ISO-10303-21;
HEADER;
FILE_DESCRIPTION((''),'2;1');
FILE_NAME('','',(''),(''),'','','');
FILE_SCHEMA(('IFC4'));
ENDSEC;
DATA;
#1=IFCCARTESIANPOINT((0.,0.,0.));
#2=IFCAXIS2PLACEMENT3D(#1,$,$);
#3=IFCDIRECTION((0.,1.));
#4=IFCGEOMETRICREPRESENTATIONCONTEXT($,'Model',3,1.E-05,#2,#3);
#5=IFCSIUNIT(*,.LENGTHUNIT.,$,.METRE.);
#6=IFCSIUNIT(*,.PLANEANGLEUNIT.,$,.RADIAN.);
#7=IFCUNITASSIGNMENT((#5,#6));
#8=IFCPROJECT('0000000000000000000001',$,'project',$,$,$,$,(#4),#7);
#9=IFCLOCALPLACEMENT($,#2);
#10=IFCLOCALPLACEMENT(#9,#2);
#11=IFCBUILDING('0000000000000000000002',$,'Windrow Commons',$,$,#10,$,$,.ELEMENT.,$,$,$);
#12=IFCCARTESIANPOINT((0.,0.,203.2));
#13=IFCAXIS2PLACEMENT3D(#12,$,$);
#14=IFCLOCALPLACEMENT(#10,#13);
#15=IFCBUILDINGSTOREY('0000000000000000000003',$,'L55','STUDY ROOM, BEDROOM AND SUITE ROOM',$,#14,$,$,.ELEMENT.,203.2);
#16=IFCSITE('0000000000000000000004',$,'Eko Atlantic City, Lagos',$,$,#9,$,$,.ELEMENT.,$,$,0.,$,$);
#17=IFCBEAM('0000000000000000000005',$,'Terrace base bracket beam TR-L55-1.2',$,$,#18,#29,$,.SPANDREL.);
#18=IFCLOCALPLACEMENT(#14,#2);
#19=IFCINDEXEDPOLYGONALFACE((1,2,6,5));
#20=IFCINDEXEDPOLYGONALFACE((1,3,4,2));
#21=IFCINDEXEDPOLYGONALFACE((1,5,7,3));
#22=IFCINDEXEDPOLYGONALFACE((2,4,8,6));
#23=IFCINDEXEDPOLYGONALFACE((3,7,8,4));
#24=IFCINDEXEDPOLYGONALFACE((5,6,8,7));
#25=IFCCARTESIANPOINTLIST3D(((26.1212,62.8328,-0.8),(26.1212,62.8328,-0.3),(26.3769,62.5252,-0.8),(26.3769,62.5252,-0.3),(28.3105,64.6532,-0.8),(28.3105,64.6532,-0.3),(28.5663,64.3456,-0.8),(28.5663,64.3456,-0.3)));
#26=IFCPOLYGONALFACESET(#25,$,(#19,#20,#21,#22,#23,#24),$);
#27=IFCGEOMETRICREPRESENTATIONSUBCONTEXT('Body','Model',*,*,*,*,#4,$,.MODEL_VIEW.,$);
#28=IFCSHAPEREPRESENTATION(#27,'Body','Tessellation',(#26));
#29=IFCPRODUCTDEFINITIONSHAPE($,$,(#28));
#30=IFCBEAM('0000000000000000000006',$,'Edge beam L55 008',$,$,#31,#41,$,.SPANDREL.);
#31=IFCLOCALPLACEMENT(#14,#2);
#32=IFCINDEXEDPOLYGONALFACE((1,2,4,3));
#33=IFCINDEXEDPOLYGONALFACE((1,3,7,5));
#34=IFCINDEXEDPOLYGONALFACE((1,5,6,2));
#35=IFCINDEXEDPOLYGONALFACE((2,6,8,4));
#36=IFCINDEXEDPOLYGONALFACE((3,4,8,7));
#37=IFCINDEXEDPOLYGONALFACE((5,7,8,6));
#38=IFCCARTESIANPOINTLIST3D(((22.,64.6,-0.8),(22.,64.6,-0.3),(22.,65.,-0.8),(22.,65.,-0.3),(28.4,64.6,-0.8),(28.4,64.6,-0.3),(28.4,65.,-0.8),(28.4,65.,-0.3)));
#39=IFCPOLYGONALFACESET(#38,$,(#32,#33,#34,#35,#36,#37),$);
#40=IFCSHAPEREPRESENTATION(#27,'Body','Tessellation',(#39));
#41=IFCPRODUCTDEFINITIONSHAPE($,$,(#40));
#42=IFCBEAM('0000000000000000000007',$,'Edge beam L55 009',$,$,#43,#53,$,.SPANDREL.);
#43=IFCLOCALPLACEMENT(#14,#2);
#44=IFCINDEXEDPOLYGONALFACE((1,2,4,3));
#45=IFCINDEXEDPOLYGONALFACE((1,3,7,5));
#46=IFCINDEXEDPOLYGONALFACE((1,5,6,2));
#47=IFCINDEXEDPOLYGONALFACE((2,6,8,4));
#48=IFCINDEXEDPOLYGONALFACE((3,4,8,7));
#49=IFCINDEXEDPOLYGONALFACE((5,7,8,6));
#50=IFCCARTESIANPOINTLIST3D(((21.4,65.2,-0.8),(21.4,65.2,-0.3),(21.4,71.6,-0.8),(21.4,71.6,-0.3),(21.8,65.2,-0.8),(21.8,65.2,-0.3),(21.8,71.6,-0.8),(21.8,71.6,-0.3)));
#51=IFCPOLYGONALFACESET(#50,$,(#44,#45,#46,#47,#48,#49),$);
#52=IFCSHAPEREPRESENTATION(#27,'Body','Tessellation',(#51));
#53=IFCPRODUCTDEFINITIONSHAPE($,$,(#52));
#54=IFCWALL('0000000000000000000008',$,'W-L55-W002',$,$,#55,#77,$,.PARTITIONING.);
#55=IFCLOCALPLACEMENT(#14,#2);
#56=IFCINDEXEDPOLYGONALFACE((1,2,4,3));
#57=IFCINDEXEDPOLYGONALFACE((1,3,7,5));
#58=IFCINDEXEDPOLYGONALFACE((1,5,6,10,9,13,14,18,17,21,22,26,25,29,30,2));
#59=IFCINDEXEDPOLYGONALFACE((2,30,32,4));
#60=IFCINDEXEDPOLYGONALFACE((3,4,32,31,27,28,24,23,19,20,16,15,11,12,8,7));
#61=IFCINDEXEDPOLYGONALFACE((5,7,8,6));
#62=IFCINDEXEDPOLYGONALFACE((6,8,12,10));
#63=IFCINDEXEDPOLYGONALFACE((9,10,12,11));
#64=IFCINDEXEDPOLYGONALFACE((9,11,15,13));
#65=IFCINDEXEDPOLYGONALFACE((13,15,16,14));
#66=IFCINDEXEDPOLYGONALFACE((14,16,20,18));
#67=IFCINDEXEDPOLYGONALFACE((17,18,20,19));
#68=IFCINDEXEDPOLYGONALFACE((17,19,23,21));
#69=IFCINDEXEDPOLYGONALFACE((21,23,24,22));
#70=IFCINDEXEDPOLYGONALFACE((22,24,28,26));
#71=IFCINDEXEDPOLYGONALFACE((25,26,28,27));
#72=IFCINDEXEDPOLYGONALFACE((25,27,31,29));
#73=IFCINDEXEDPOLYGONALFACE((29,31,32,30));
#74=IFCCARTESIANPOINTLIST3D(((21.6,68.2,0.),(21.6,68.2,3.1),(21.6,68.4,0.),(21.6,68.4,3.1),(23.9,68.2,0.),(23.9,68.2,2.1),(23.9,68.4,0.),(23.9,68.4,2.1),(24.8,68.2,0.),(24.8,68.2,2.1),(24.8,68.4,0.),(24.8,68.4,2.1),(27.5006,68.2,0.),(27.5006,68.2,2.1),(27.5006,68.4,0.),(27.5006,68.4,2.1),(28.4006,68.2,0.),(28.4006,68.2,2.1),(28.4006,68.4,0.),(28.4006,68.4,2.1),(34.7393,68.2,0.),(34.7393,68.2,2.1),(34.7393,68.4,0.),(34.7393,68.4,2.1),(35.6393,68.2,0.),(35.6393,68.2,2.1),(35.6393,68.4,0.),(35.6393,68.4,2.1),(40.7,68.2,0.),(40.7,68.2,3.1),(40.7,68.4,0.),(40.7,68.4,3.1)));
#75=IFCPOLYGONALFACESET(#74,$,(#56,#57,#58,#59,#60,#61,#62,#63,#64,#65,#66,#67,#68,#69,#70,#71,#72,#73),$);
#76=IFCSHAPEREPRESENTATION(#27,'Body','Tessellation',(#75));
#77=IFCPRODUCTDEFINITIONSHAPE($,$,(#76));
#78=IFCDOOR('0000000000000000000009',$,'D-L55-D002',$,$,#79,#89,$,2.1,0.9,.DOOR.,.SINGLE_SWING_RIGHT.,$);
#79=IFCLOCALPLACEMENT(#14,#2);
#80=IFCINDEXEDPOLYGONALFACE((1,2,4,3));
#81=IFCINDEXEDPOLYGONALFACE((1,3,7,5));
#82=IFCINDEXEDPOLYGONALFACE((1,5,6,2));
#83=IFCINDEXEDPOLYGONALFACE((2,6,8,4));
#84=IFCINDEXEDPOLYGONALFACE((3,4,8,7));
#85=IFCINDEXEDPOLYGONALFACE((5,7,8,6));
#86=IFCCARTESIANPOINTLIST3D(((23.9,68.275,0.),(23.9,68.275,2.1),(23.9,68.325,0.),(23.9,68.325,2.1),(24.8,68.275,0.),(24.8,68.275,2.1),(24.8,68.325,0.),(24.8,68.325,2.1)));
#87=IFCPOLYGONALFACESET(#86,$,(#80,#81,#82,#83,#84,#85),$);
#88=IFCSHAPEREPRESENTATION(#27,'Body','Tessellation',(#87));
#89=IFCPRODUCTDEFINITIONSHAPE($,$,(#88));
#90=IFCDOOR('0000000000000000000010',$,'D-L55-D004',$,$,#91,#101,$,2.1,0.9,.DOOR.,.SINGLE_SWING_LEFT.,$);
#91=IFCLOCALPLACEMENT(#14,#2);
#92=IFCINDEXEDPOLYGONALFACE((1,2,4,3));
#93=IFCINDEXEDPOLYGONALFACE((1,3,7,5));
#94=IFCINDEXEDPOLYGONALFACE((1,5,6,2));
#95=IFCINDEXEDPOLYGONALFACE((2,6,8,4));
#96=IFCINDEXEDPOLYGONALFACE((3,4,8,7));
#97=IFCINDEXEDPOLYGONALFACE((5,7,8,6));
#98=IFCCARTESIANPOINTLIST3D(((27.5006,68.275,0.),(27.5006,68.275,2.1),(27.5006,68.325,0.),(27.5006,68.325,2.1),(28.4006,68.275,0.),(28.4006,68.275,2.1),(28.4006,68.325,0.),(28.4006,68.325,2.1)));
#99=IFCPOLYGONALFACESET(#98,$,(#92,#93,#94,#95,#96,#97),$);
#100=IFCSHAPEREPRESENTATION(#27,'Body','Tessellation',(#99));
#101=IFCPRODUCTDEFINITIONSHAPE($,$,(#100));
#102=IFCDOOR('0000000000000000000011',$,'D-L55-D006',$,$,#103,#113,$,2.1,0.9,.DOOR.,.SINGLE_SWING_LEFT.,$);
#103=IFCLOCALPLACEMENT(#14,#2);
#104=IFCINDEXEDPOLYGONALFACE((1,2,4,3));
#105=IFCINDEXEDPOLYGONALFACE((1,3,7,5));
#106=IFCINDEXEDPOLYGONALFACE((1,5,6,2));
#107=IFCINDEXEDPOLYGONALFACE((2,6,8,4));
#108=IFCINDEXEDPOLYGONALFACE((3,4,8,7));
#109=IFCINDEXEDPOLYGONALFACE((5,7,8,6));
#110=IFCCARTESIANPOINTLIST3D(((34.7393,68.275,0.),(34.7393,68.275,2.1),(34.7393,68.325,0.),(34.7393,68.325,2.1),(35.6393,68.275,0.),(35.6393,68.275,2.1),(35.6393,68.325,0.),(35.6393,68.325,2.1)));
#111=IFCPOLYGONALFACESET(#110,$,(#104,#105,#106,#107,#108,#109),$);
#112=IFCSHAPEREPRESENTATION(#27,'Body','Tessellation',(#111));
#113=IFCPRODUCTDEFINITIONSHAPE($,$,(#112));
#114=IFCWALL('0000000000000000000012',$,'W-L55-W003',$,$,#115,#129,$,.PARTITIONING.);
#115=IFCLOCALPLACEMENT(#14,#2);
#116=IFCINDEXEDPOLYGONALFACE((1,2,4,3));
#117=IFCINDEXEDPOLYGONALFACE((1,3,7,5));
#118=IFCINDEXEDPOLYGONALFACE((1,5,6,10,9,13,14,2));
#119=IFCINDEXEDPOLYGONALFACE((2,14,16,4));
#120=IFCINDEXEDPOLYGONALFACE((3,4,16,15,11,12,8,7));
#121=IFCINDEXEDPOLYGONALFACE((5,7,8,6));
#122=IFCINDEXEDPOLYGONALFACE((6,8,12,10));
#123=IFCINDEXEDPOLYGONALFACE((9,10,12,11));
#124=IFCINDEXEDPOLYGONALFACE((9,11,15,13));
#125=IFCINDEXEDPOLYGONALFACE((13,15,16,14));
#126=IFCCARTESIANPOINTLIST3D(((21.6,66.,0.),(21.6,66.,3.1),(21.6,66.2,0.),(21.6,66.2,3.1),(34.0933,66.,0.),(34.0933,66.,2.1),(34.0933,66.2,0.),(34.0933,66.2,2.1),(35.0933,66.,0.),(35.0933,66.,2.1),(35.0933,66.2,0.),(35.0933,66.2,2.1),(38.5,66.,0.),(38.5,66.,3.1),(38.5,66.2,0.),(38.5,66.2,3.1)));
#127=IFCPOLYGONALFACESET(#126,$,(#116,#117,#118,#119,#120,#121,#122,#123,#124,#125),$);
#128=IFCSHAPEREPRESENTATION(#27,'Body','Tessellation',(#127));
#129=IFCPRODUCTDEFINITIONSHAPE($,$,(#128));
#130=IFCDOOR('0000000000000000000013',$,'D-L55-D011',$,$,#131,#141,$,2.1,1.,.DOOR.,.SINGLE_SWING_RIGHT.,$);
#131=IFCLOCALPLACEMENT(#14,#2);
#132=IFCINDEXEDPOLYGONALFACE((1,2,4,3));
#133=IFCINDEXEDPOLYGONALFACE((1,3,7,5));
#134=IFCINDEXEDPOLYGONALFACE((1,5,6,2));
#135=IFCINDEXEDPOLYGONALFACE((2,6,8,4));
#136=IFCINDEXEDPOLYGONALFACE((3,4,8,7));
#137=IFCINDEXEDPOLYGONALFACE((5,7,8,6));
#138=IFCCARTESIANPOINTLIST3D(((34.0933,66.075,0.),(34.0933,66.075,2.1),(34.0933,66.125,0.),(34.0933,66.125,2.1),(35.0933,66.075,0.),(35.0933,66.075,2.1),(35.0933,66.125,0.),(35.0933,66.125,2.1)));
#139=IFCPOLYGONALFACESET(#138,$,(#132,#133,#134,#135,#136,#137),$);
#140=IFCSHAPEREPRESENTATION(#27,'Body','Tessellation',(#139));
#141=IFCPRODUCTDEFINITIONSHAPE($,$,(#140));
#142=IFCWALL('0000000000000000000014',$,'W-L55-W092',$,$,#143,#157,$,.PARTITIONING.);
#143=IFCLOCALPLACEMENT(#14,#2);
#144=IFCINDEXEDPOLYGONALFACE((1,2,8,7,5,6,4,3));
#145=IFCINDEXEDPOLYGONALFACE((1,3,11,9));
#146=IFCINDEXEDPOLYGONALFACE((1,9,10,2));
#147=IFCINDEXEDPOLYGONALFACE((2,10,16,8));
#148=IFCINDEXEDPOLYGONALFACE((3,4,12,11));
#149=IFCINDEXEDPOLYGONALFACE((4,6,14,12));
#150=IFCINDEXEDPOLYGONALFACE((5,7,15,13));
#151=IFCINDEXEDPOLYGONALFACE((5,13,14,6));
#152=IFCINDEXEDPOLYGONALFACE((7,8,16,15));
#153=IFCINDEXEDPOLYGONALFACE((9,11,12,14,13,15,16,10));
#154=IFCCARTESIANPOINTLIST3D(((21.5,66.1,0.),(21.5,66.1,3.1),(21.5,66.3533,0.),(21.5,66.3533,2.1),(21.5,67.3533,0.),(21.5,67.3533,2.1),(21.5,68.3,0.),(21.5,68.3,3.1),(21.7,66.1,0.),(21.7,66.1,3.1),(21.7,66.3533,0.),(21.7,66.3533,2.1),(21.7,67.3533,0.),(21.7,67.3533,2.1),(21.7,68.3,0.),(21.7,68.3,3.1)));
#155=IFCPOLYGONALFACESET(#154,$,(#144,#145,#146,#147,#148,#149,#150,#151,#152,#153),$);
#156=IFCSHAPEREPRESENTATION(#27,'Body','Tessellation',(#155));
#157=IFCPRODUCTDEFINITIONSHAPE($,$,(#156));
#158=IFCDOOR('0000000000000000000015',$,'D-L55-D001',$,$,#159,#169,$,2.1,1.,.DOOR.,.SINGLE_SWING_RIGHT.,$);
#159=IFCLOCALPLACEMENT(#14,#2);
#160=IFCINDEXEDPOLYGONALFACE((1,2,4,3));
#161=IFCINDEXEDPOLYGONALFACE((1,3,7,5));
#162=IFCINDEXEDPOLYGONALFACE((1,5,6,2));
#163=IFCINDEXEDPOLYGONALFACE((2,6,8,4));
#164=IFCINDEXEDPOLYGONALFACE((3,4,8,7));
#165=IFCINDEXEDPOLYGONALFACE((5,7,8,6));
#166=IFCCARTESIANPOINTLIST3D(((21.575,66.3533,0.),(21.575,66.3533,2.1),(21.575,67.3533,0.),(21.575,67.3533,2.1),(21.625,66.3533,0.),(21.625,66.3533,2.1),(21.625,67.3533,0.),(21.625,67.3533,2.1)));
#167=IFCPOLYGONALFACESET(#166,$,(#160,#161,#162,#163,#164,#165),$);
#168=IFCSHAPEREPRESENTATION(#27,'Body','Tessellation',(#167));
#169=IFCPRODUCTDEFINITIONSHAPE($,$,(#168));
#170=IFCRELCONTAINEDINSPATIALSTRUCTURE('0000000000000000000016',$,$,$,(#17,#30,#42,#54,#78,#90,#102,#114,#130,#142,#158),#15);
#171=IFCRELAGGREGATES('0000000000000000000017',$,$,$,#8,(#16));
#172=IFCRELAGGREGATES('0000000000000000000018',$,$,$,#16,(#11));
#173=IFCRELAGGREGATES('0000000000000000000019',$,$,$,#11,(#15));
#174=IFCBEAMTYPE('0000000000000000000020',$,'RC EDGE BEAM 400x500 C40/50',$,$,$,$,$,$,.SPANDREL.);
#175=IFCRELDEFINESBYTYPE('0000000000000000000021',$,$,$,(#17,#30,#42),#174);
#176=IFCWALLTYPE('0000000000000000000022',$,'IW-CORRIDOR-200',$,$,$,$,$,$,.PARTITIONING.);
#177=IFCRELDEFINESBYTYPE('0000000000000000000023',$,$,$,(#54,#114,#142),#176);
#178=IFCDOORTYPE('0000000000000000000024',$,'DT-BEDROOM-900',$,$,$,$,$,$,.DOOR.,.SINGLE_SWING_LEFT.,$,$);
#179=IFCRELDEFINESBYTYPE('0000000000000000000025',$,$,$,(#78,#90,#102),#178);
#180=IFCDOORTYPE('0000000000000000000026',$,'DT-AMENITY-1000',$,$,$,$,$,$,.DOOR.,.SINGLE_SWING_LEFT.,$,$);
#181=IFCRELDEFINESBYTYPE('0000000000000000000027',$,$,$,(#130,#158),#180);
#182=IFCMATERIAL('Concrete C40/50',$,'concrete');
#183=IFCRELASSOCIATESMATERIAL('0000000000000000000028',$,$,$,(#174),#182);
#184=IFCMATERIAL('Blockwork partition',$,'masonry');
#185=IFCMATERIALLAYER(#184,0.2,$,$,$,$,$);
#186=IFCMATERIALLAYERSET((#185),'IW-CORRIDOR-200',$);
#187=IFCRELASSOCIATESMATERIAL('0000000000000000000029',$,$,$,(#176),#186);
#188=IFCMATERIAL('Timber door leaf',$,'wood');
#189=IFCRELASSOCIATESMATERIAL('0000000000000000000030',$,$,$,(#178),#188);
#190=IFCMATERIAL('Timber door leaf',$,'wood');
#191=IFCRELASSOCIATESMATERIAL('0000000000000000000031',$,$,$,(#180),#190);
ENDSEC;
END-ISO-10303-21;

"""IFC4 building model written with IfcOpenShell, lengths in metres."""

from ifc_helpers import new_model, si_unit, direction, frame, frame_2d, origin, origin_2d, place, context, subcontext, project, spatial, rectangle, extrude, material, layer, layer_set, material_profile, profile_set, type_object, element, fill, save


model = new_model("IFC4")

# Units and contexts
model_context = context("Model", 3, precision=1e-05, world=origin(), true_north=direction((0.0, 1.0)))
body_context = subcontext(model_context, "Body", "Model", "MODEL_VIEW")
ifc_project = project(units=[si_unit("LENGTHUNIT", "METRE"), si_unit("PLANEANGLEUNIT", "RADIAN")], contexts=[model_context])

# Site, building, storey
site_placement = place(None, origin())
site = spatial("IfcSite", under=ifc_project, at=site_placement, Name="Eko Atlantic City, Lagos", CompositionType="ELEMENT", RefElevation=0.0)
building_placement = place(site_placement, origin())
building = spatial("IfcBuilding", under=site, at=building_placement, Name="Windrow Commons", CompositionType="ELEMENT")
storey_placement = place(building_placement, frame((0.0, 0.0, 203.2)))
storey = spatial("IfcBuildingStorey", under=building, at=storey_placement, Name="L55", Description="STUDY ROOM, BEDROOM AND SUITE ROOM", CompositionType="ELEMENT", Elevation=203.2)

# Beams
ifc_material_1 = material(Name="Concrete C40/50", Category="concrete")
ifc_material_profile = material_profile(ifc_material_1, rectangle(XDim=0.4, YDim=0.5, at=origin_2d()))
ifc_profile_set = profile_set([ifc_material_profile], Name="Concrete C40/50")
beam_type = type_object("IfcBeamType", Name="RC EDGE BEAM 400x500 C40/50", PredefinedType="SPANDREL", material=ifc_profile_set)
beam_placement = place(storey_placement, frame((28.4384, 64.4994, -0.55), z_axis=(-0.768929, -0.639334, 0.0), x_axis=(0.639334, -0.768929, 0.0)))
element("IfcBeam", 1, at=beam_placement, inside=storey, type_object=beam_type, Name="Terrace base bracket beam TR-L55-1.2", PredefinedType="SPANDREL", context=body_context, shape_type="SweptSolid", body=[
    extrude(rectangle(XDim=0.4, YDim=0.5, at=origin_2d()), origin(), (0.0, 0.0, 1.0), 2.8473),
])
for number, where, z_axis, x_axis, name in (
    (2, (28.4, 64.8, -0.55), (-1.0, 0.0, 0.0), (0.0, -1.0, 0.0), "Edge beam L55 008"),
    (3, (21.6, 65.2, -0.55), (0.0, 1.0, 0.0), (-1.0, 0.0, 0.0), "Edge beam L55 009"),
):
    element("IfcBeam", number, at=place(storey_placement, frame(where, z_axis=z_axis, x_axis=x_axis)), inside=storey, type_object=beam_type, Name=name, PredefinedType="SPANDREL", context=body_context, shape_type="SweptSolid", body=[
        extrude(rectangle(XDim=0.4, YDim=0.5, at=origin_2d()), origin(), (0.0, 0.0, 1.0), 6.4),
    ])

# Wall, openings, doors
ifc_material_2 = material(Name="Blockwork partition", Category="masonry")
ifc_layer_1 = layer(ifc_material_2, 0.2)
ifc_layer_set_1 = layer_set([ifc_layer_1], Name="IW-CORRIDOR-200")
wall_type_1 = type_object("IfcWallType", Name="IW-CORRIDOR-200", PredefinedType="PARTITIONING", material=ifc_layer_set_1)
wall_1_placement = place(storey_placement, frame((21.6, 68.3, 0.0), z_axis=(0.0, 0.0, 1.0), x_axis=(1.0, 0.0, 0.0)))
wall_1 = element("IfcWall", 4, at=wall_1_placement, inside=storey, type_object=wall_type_1, Name="W-L55-W002", PredefinedType="PARTITIONING", context=body_context, shape_type="SweptSolid", body=[
    extrude(rectangle(XDim=19.1, YDim=0.2, at=frame_2d((9.55, 0.0))), origin(), (0.0, 0.0, 1.0), 3.1),
])
opening_1_placement = place(wall_1_placement, frame((2.3, 0.0, 0.0)))
opening_1 = element("IfcOpeningElement", 5, at=opening_1_placement, cuts=wall_1, PredefinedType="OPENING", context=body_context, shape_type="SweptSolid", body=[
    extrude(rectangle(XDim=0.9, YDim=2.1, at=frame_2d((0.45, 1.05))), frame((0.0, 0.11, 0.0), z_axis=(0.0, -1.0, 0.0), x_axis=(1.0, 0.0, 0.0)), (0.0, 0.0, 1.0), 0.22),
])
opening_2_placement = place(wall_1_placement, frame((5.9006, 0.0, 0.0)))
opening_2 = element("IfcOpeningElement", 6, at=opening_2_placement, cuts=wall_1, PredefinedType="OPENING", context=body_context, shape_type="SweptSolid", body=[
    extrude(rectangle(XDim=0.9, YDim=2.1, at=frame_2d((0.45, 1.05))), frame((0.0, 0.11, 0.0), z_axis=(0.0, -1.0, 0.0), x_axis=(1.0, 0.0, 0.0)), (0.0, 0.0, 1.0), 0.22),
])
opening_3_placement = place(wall_1_placement, frame((13.1393, 0.0, 0.0)))
opening_3 = element("IfcOpeningElement", 7, at=opening_3_placement, cuts=wall_1, PredefinedType="OPENING", context=body_context, shape_type="SweptSolid", body=[
    extrude(rectangle(XDim=0.9, YDim=2.1, at=frame_2d((0.45, 1.05))), frame((0.0, 0.11, 0.0), z_axis=(0.0, -1.0, 0.0), x_axis=(1.0, 0.0, 0.0)), (0.0, 0.0, 1.0), 0.22),
])
ifc_material_3 = material(Name="Timber door leaf", Category="wood")
door_type_1 = type_object("IfcDoorType", Name="DT-BEDROOM-900", OperationType="SINGLE_SWING_LEFT", PredefinedType="DOOR", material=ifc_material_3)
door_1_placement = place(opening_1_placement, origin())
door_1 = element("IfcDoor", 8, at=door_1_placement, inside=storey, type_object=door_type_1, Name="D-L55-D002", OperationType="SINGLE_SWING_RIGHT", OverallHeight=2.1, OverallWidth=0.9, PredefinedType="DOOR", context=body_context, shape_type="SweptSolid", body=[
    extrude(rectangle(XDim=0.9, YDim=2.1, at=frame_2d((0.45, 1.05))), frame((0.0, 0.025, 0.0), z_axis=(0.0, -1.0, 0.0), x_axis=(1.0, 0.0, 0.0)), (0.0, 0.0, 1.0), 0.05),
])
fill(opening_1, door_1)
door_2_placement = place(opening_2_placement, origin())
door_2 = element("IfcDoor", 9, at=door_2_placement, inside=storey, type_object=door_type_1, Name="D-L55-D004", OperationType="SINGLE_SWING_LEFT", OverallHeight=2.1, OverallWidth=0.9, PredefinedType="DOOR", context=body_context, shape_type="SweptSolid", body=[
    extrude(rectangle(XDim=0.9, YDim=2.1, at=frame_2d((0.45, 1.05))), frame((0.0, 0.025, 0.0), z_axis=(0.0, -1.0, 0.0), x_axis=(1.0, 0.0, 0.0)), (0.0, 0.0, 1.0), 0.05),
])
fill(opening_2, door_2)
door_3_placement = place(opening_3_placement, origin())
door_3 = element("IfcDoor", 10, at=door_3_placement, inside=storey, type_object=door_type_1, Name="D-L55-D006", OperationType="SINGLE_SWING_LEFT", OverallHeight=2.1, OverallWidth=0.9, PredefinedType="DOOR", context=body_context, shape_type="SweptSolid", body=[
    extrude(rectangle(XDim=0.9, YDim=2.1, at=frame_2d((0.45, 1.05))), frame((0.0, 0.025, 0.0), z_axis=(0.0, -1.0, 0.0), x_axis=(1.0, 0.0, 0.0)), (0.0, 0.0, 1.0), 0.05),
])
fill(opening_3, door_3)

# Walls, openings, doors
wall_2_placement = place(storey_placement, frame((21.6, 66.1, 0.0), z_axis=(0.0, 0.0, 1.0), x_axis=(1.0, 0.0, 0.0)))
wall_2 = element("IfcWall", 11, at=wall_2_placement, inside=storey, type_object=wall_type_1, Name="W-L55-W003", PredefinedType="PARTITIONING", context=body_context, shape_type="SweptSolid", body=[
    extrude(rectangle(XDim=16.9, YDim=0.2, at=frame_2d((8.45, 0.0))), origin(), (0.0, 0.0, 1.0), 3.1),
])
opening_4_placement = place(wall_2_placement, frame((12.4933, 0.0, 0.0)))
opening_4 = element("IfcOpeningElement", 12, at=opening_4_placement, cuts=wall_2, PredefinedType="OPENING", context=body_context, shape_type="SweptSolid", body=[
    extrude(rectangle(XDim=1.0, YDim=2.1, at=frame_2d((0.5, 1.05))), frame((0.0, 0.11, 0.0), z_axis=(0.0, -1.0, 0.0), x_axis=(1.0, 0.0, 0.0)), (0.0, 0.0, 1.0), 0.22),
])
ifc_material_4 = material(Name="Timber door leaf", Category="wood")
door_type_2 = type_object("IfcDoorType", Name="DT-AMENITY-1000", OperationType="SINGLE_SWING_LEFT", PredefinedType="DOOR", material=ifc_material_4)
door_4_placement = place(opening_4_placement, origin())
door_4 = element("IfcDoor", 13, at=door_4_placement, inside=storey, type_object=door_type_2, Name="D-L55-D011", OperationType="SINGLE_SWING_RIGHT", OverallHeight=2.1, OverallWidth=1.0, PredefinedType="DOOR", context=body_context, shape_type="SweptSolid", body=[
    extrude(rectangle(XDim=1.0, YDim=2.1, at=frame_2d((0.5, 1.05))), frame((0.0, 0.025, 0.0), z_axis=(0.0, -1.0, 0.0), x_axis=(1.0, 0.0, 0.0)), (0.0, 0.0, 1.0), 0.05),
])
fill(opening_4, door_4)
wall_3_placement = place(storey_placement, frame((21.6, 66.1, 0.0), z_axis=(0.0, 0.0, 1.0), x_axis=(0.0, 1.0, 0.0)))
wall_3 = element("IfcWall", 14, at=wall_3_placement, inside=storey, type_object=wall_type_1, Name="W-L55-W092", PredefinedType="PARTITIONING", context=body_context, shape_type="SweptSolid", body=[
    extrude(rectangle(XDim=2.2, YDim=0.2, at=frame_2d((1.1, 0.0))), origin(), (0.0, 0.0, 1.0), 3.1),
])
opening_5_placement = place(wall_3_placement, frame((0.2533, 0.0, 0.0)))
opening_5 = element("IfcOpeningElement", 15, at=opening_5_placement, cuts=wall_3, PredefinedType="OPENING", context=body_context, shape_type="SweptSolid", body=[
    extrude(rectangle(XDim=1.0, YDim=2.1, at=frame_2d((0.5, 1.05))), frame((0.0, 0.11, 0.0), z_axis=(0.0, -1.0, 0.0), x_axis=(1.0, 0.0, 0.0)), (0.0, 0.0, 1.0), 0.22),
])
door_5_placement = place(opening_5_placement, origin())
door_5 = element("IfcDoor", 16, at=door_5_placement, inside=storey, type_object=door_type_2, Name="D-L55-D001", OperationType="SINGLE_SWING_RIGHT", OverallHeight=2.1, OverallWidth=1.0, PredefinedType="DOOR", context=body_context, shape_type="SweptSolid", body=[
    extrude(rectangle(XDim=1.0, YDim=2.1, at=frame_2d((0.5, 1.05))), frame((0.0, 0.025, 0.0), z_axis=(0.0, -1.0, 0.0), x_axis=(1.0, 0.0, 0.0)), (0.0, 0.0, 1.0), 0.05),
])
fill(opening_5, door_5)

save(model, "model.ifc")
